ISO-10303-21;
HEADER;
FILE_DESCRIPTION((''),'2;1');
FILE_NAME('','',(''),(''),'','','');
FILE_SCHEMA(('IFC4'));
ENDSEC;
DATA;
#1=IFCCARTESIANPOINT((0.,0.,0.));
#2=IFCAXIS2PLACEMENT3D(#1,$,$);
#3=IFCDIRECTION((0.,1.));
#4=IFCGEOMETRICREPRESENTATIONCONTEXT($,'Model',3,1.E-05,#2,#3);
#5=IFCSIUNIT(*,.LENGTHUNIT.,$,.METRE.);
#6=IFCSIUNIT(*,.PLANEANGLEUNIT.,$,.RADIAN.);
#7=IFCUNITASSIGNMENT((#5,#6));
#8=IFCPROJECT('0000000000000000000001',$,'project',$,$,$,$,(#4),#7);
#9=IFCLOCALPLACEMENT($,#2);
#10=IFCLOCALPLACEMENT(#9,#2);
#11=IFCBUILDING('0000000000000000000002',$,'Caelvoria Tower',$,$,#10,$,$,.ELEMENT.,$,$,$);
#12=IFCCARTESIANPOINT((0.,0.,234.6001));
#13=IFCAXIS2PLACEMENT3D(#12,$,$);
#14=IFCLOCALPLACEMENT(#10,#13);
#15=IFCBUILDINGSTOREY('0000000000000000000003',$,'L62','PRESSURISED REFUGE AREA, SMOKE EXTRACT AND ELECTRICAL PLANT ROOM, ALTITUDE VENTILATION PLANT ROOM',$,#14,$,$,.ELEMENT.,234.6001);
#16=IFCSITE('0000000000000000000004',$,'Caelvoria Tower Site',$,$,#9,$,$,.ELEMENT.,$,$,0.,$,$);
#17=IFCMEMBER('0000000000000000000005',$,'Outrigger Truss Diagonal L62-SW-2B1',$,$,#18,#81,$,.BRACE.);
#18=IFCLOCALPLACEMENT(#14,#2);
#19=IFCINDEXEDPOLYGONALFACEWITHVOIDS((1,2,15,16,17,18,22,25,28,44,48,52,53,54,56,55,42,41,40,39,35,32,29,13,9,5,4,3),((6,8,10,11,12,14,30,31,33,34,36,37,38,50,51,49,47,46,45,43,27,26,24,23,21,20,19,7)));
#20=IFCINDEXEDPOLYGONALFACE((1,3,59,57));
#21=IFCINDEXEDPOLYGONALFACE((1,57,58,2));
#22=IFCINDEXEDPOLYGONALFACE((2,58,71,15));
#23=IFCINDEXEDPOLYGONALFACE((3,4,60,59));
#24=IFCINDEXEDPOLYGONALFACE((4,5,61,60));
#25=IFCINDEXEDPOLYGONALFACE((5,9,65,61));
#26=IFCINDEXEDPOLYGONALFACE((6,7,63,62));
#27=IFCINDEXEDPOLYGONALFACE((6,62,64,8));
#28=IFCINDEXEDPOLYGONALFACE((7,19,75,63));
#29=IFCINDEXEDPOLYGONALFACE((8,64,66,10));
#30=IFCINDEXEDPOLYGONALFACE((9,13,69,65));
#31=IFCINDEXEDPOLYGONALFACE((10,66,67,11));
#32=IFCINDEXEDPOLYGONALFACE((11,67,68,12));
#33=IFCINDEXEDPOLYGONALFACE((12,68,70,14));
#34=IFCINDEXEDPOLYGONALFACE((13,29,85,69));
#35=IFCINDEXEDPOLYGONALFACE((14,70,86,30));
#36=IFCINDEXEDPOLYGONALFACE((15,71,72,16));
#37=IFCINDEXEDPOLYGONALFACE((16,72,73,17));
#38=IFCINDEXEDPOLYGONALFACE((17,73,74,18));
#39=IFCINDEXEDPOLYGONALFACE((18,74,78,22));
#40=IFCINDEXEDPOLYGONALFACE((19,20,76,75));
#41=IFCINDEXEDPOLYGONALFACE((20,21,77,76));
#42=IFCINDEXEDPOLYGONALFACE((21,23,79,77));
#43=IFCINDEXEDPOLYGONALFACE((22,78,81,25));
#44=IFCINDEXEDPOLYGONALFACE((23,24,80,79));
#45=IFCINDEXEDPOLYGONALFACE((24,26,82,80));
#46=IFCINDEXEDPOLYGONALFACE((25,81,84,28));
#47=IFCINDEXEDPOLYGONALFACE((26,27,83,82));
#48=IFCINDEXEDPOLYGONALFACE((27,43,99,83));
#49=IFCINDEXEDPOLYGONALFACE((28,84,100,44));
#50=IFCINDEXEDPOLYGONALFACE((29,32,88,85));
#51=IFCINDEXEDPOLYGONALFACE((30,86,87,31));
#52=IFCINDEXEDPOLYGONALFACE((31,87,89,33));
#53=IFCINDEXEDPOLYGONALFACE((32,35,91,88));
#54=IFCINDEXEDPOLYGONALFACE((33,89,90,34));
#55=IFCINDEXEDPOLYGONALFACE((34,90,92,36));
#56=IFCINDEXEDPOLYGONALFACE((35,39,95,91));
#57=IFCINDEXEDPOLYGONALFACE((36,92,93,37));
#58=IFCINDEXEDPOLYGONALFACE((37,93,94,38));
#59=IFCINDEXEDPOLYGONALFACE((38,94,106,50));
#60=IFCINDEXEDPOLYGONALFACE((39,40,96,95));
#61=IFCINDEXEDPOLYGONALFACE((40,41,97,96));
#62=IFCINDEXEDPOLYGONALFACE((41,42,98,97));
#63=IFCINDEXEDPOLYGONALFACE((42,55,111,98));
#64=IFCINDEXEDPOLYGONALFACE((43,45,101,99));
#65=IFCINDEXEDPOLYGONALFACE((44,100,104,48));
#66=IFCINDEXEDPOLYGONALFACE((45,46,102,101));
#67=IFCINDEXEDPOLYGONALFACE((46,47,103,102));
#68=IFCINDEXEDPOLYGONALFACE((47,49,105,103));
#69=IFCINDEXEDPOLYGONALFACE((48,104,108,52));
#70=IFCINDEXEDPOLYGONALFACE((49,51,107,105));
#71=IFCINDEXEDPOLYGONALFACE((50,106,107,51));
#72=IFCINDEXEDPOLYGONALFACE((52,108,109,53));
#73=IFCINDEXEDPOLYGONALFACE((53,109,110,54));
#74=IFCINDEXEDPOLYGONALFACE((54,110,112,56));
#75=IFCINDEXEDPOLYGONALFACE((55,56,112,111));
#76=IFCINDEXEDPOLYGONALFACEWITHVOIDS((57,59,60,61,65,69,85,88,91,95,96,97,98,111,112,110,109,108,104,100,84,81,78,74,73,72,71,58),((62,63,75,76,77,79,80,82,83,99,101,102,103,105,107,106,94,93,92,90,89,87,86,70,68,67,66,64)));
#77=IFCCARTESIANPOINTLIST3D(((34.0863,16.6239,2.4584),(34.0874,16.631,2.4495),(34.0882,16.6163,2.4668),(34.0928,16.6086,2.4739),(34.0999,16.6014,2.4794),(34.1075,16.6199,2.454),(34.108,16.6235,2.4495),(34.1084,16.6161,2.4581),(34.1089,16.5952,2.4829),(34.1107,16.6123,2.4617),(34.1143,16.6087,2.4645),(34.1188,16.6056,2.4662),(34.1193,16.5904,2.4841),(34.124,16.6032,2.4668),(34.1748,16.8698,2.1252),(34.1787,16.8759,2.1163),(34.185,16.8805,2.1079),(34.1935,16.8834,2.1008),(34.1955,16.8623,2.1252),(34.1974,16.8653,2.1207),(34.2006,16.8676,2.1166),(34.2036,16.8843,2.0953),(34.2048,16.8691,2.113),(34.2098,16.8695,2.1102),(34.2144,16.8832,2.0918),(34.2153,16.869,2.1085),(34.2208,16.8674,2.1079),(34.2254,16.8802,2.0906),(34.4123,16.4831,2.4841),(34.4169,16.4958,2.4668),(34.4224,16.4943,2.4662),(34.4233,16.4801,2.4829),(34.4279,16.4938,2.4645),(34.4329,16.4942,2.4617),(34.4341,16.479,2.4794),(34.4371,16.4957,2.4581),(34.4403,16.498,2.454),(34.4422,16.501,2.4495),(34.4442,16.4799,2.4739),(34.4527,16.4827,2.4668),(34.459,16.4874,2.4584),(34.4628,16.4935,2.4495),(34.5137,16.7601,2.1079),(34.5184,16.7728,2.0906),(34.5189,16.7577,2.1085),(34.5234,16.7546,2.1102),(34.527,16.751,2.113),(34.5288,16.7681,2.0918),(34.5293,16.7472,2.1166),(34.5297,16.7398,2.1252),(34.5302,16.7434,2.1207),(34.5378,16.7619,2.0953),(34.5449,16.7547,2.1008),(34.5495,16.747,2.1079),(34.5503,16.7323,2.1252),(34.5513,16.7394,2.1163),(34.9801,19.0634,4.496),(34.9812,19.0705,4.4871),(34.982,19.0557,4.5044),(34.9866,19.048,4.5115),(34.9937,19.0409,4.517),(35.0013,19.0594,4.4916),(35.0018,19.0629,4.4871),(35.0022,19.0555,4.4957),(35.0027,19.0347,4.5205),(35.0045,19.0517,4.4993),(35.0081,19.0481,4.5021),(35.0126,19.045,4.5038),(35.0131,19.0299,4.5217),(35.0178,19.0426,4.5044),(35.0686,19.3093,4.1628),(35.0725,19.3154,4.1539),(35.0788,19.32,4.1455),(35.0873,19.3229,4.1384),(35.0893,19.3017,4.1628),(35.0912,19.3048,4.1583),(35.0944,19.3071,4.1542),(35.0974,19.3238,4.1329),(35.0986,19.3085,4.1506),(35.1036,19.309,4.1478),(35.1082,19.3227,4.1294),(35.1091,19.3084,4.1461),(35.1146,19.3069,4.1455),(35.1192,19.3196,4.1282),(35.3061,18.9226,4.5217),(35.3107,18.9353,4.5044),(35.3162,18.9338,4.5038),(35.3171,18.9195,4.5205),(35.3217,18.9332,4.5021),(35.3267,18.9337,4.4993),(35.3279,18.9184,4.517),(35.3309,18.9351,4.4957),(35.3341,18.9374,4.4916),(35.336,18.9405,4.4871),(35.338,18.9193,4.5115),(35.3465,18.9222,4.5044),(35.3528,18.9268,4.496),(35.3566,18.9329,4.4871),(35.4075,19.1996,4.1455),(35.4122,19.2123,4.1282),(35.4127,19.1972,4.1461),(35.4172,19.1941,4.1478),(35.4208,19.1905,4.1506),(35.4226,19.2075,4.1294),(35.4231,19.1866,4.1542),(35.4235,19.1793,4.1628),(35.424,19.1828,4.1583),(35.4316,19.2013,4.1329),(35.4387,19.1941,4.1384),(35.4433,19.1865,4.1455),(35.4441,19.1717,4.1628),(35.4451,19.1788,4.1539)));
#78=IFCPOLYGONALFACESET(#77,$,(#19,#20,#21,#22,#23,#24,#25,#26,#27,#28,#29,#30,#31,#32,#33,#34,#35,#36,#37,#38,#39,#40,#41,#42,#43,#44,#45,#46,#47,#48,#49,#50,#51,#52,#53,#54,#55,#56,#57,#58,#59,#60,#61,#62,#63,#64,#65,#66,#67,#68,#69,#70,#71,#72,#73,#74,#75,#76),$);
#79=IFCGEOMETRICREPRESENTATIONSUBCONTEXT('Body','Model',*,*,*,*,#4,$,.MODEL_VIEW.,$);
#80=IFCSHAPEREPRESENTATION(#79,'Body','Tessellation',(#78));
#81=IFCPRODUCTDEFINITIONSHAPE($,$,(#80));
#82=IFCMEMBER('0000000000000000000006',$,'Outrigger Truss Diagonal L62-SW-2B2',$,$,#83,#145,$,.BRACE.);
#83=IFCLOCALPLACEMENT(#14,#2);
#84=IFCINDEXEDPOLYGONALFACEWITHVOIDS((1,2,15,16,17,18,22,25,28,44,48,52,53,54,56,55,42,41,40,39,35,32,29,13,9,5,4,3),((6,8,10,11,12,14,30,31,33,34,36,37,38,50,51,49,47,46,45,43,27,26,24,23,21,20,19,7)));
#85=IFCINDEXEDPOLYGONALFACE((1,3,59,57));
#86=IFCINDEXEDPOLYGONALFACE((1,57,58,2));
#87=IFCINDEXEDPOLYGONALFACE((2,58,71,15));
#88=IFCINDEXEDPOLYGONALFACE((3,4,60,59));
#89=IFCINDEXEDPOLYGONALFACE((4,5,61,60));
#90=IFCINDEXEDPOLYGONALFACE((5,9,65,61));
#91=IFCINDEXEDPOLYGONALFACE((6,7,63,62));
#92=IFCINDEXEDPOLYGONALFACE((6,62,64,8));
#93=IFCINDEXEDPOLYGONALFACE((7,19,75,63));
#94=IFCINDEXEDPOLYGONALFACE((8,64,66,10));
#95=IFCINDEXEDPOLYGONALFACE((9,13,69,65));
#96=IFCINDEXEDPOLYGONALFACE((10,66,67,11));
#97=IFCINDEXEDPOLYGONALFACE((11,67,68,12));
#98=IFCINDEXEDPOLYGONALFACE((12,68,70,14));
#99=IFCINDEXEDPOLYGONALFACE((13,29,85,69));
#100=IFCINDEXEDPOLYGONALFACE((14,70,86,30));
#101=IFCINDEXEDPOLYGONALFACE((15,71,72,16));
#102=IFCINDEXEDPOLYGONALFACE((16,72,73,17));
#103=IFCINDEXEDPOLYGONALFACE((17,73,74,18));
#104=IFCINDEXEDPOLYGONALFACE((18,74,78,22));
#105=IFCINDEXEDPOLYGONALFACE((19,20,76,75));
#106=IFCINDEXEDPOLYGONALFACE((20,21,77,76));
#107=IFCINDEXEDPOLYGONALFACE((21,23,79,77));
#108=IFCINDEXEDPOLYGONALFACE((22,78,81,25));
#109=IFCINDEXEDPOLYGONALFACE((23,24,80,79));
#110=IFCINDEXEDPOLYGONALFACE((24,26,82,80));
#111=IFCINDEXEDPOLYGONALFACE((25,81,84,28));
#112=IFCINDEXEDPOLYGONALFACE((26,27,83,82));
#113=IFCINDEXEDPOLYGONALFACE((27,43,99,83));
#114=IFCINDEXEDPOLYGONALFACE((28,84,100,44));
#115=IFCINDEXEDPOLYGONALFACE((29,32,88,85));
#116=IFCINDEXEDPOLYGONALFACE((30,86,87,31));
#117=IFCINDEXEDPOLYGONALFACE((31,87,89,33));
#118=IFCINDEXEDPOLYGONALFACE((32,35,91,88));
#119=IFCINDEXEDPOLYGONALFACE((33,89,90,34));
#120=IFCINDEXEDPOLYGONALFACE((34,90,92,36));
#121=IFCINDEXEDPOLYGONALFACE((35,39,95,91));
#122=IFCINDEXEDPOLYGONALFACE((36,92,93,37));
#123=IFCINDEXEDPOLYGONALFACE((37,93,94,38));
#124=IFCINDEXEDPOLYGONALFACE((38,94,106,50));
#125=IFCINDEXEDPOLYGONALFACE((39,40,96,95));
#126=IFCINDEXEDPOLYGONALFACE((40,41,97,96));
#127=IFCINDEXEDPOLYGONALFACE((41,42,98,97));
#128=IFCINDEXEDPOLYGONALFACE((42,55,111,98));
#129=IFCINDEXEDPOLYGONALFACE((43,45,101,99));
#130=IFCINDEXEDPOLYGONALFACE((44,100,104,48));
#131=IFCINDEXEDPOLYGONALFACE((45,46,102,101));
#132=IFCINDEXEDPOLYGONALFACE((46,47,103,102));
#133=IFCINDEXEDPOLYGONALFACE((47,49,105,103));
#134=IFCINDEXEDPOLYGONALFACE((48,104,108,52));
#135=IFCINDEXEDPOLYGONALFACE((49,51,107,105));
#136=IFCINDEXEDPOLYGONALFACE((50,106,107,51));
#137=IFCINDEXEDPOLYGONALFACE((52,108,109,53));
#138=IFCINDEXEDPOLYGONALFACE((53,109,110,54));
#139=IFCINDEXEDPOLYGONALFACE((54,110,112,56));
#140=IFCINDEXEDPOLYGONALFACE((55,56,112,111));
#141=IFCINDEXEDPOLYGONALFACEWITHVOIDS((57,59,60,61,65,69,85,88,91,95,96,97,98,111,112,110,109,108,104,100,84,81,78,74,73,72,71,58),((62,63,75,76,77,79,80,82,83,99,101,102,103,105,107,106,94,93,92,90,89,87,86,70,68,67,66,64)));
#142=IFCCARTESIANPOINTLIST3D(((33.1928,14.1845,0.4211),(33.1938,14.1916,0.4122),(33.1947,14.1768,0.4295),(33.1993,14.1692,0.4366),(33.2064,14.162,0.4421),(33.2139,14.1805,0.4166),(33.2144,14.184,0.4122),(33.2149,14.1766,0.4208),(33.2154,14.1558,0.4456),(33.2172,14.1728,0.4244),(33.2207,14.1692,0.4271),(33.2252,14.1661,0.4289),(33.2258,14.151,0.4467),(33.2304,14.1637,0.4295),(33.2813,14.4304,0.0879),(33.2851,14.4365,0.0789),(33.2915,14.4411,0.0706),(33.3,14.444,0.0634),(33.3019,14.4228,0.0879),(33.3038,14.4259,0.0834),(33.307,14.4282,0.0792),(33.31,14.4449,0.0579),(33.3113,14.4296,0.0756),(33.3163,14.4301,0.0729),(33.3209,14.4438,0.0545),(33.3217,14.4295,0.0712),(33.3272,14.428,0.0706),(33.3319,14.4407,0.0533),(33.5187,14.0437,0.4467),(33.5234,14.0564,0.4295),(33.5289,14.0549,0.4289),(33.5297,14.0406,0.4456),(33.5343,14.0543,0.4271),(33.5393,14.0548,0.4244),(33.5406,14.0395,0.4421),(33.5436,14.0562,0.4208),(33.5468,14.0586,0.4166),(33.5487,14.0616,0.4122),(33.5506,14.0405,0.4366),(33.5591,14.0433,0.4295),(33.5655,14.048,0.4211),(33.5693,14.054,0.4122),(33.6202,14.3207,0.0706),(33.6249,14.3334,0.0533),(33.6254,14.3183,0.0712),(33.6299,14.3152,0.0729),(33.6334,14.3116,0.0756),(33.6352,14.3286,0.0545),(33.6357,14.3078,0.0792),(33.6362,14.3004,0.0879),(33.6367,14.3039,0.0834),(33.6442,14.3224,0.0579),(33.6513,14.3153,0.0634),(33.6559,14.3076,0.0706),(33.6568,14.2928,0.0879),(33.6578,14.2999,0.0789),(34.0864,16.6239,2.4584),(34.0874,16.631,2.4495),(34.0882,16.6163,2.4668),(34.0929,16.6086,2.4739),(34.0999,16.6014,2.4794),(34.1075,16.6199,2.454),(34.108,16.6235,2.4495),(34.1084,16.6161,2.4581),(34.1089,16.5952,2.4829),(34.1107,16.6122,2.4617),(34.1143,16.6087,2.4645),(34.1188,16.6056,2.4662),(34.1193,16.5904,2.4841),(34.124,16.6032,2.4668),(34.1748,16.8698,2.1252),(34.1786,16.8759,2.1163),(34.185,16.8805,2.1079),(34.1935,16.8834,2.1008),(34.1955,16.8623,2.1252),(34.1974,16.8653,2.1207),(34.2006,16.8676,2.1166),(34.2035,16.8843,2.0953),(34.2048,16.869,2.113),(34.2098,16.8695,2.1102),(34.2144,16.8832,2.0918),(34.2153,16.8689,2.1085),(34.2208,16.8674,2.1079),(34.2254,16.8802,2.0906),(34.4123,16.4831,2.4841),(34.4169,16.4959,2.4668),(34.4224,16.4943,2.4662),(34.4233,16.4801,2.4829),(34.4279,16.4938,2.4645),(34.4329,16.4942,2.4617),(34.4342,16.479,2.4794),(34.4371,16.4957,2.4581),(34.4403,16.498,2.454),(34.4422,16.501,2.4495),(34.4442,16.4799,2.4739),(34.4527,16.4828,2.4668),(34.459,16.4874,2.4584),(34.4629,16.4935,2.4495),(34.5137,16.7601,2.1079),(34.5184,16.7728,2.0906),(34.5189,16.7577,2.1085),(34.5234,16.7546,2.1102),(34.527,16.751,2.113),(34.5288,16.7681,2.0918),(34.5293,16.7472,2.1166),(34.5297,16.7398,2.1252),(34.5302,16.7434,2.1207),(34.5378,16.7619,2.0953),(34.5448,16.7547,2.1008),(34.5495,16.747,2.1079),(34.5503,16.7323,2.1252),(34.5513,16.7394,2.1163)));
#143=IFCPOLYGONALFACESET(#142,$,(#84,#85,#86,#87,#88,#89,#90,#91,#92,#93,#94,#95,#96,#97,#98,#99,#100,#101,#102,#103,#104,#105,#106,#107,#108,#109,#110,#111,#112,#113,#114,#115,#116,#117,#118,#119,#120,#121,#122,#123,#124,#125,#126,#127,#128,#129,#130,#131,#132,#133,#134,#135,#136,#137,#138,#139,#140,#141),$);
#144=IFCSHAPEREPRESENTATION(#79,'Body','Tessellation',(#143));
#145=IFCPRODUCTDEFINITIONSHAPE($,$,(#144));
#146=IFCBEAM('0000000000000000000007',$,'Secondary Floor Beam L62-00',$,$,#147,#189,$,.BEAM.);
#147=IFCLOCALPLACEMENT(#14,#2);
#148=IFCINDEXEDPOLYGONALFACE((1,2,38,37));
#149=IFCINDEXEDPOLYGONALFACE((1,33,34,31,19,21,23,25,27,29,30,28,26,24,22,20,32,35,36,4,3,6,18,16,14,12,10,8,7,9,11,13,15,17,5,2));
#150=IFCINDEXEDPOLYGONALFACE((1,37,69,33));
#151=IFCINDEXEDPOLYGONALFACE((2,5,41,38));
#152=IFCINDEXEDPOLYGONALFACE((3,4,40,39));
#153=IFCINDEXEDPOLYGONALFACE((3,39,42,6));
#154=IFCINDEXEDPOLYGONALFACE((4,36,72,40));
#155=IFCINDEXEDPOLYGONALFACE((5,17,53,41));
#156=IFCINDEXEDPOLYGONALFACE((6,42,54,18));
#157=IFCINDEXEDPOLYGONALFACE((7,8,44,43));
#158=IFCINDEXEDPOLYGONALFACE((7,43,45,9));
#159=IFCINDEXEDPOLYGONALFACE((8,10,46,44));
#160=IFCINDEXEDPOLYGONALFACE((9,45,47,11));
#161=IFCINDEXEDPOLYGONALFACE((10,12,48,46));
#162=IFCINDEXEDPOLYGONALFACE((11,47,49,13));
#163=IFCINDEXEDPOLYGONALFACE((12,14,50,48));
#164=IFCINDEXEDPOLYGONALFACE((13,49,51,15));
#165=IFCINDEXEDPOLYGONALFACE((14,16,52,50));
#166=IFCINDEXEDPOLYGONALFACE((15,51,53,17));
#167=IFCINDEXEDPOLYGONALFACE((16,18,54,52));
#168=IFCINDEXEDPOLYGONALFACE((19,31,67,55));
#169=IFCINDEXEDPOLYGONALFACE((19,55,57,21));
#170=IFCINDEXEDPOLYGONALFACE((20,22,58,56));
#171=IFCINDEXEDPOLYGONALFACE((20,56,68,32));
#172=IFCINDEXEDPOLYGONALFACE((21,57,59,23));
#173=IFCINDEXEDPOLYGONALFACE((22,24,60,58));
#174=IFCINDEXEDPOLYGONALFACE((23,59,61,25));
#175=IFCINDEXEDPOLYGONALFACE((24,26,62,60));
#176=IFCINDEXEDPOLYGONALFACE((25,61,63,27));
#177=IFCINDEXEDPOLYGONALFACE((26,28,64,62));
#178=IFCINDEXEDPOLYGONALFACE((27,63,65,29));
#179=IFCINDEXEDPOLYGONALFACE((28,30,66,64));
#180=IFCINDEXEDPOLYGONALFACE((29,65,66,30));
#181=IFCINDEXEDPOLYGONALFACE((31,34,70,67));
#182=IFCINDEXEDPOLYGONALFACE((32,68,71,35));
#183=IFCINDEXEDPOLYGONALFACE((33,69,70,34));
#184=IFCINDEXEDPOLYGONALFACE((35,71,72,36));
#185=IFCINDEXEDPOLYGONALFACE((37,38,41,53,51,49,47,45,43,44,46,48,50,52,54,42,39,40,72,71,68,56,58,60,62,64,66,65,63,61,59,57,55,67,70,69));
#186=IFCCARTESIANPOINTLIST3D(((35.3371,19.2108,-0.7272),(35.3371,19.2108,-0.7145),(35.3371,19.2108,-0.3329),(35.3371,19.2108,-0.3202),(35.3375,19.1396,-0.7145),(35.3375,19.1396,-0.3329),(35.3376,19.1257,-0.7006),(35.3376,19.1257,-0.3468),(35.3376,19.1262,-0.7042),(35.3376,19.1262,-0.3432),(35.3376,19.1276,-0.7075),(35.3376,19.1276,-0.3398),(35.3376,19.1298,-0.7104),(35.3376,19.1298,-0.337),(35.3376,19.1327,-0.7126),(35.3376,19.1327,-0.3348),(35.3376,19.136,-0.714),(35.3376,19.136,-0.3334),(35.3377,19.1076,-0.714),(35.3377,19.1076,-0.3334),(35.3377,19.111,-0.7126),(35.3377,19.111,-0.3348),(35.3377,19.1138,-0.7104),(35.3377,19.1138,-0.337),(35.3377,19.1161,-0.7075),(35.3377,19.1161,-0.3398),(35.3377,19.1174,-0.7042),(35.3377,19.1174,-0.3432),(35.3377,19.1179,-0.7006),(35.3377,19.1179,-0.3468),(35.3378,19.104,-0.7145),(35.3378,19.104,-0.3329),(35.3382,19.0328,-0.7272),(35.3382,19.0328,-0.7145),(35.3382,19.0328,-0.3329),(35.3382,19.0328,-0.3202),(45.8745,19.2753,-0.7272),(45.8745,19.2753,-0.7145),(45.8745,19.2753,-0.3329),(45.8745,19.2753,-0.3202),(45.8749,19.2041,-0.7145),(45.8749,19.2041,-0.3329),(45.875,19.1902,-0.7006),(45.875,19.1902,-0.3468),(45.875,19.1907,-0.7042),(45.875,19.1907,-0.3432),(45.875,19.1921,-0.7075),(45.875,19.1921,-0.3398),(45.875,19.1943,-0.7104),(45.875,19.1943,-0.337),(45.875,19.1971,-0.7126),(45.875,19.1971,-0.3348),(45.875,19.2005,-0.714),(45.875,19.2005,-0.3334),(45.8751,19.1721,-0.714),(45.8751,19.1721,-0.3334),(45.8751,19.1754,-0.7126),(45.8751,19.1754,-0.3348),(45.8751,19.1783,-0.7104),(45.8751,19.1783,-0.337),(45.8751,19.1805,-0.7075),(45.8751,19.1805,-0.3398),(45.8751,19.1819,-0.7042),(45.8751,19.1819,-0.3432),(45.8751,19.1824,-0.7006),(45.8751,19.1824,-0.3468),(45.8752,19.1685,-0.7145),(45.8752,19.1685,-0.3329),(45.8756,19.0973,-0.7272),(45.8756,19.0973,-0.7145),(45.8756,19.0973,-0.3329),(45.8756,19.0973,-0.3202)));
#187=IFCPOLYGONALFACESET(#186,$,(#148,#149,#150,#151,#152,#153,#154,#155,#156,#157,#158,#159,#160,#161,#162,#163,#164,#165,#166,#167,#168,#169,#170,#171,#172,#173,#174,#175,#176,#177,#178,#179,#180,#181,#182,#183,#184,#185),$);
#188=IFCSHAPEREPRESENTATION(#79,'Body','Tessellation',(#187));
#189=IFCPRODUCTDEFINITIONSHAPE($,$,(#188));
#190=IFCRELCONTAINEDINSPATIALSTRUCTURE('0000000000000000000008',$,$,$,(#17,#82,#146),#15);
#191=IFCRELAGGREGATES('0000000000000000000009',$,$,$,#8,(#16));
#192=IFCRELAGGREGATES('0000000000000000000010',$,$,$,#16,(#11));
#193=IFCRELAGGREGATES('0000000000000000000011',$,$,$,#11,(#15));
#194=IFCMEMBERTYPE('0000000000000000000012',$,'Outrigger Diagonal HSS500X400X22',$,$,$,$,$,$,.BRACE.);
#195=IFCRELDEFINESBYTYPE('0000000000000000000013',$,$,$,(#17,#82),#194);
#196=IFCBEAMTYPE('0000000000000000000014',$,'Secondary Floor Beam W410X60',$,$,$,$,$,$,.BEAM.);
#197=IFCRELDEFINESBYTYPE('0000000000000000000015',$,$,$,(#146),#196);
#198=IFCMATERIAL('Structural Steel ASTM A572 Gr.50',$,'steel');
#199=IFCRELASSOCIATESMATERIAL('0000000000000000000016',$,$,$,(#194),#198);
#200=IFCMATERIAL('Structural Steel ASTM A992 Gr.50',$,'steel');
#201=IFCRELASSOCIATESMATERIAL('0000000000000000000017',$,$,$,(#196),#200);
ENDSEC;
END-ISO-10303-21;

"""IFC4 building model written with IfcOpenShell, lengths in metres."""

from ifc_helpers import new_model, si_unit, direction, frame, origin, origin_2d, place, context, subcontext, project, spatial, hollow_rectangle, i_section, extrude, material, material_profile, profile_set, type_object, element, save


model = new_model("IFC4")

# Units and contexts
model_context = context("Model", 3, precision=1e-05, world=origin(), true_north=direction((0.0, 1.0)))
body_context = subcontext(model_context, "Body", "Model", "MODEL_VIEW")
ifc_project = project(units=[si_unit("LENGTHUNIT", "METRE"), si_unit("PLANEANGLEUNIT", "RADIAN")], contexts=[model_context])

# Site, building, storey
site_placement = place(None, origin())
site = spatial("IfcSite", under=ifc_project, at=site_placement, Name="Caelvoria Tower Site", CompositionType="ELEMENT", RefElevation=0.0)
building_placement = place(site_placement, origin())
building = spatial("IfcBuilding", under=site, at=building_placement, Name="Caelvoria Tower", CompositionType="ELEMENT")
storey_placement = place(building_placement, frame((0.0, 0.0, 234.6001)))
storey = spatial("IfcBuildingStorey", under=building, at=storey_placement, Name="L62", Description="PRESSURISED REFUGE AREA, SMOKE EXTRACT AND ELECTRICAL PLANT ROOM, ALTITUDE VENTILATION PLANT ROOM", CompositionType="ELEMENT", Elevation=234.6001)

# Members
ifc_material_1 = material(Name="Structural Steel ASTM A572 Gr.50", Category="steel")
ifc_material_profile_1 = material_profile(ifc_material_1, hollow_rectangle(XDim=0.3999, YDim=0.5, WallThickness=0.022, InnerFilletRadius=0.022, OuterFilletRadius=0.0439, at=origin_2d()), Name="Structural Steel ASTM A572 Gr.50")
ifc_profile_set_1 = profile_set([ifc_material_profile_1], Name="HSS500X400X22 - Structural Steel ASTM A572 Gr.50")
member_type_1 = type_object("IfcMemberType", Name="Outrigger Diagonal HSS500X400X22", PredefinedType="BRACE", material=ifc_profile_set_1)
member_1_placement = place(storey_placement, frame((35.2126, 19.1211, 4.325), z_axis=(-0.270704, -0.738834, -0.617125), x_axis=(0.938959, -0.344028, 0.0)))
element("IfcMember", 1, at=member_1_placement, inside=storey, type_object=member_type_1, Name="Outrigger Truss Diagonal L62-SW-2B1", PredefinedType="BRACE", context=body_context, shape_type="SweptSolid", body=[
    extrude(hollow_rectangle(XDim=0.3999, YDim=0.5, WallThickness=0.022, InnerFilletRadius=0.022, OuterFilletRadius=0.0439, at=origin_2d()), origin(), (0.0, 0.0, 1.0), 3.3018),
])
member_2_placement = place(storey_placement, frame((34.3188, 16.6816, 2.2874), z_axis=(-0.270648, -0.738883, -0.617091), x_axis=(0.93899, -0.343945, 0.0)))
element("IfcMember", 2, at=member_2_placement, inside=storey, type_object=member_type_1, Name="Outrigger Truss Diagonal L62-SW-2B2", PredefinedType="BRACE", context=body_context, shape_type="SweptSolid", body=[
    extrude(hollow_rectangle(XDim=0.3999, YDim=0.5, WallThickness=0.022, InnerFilletRadius=0.022, OuterFilletRadius=0.0439, at=origin_2d()), origin(), (0.0, 0.0, 1.0), 3.3015),
])

# Beam
ifc_material_2 = material(Name="Structural Steel ASTM A992 Gr.50", Category="steel")
ifc_material_profile_2 = material_profile(ifc_material_2, i_section(OverallWidth=0.178, OverallDepth=0.407, WebThickness=0.0078, FlangeThickness=0.0127, FilletRadius=0.0139, at=origin_2d()), Name="Structural Steel ASTM A992 Gr.50")
ifc_profile_set_2 = profile_set([ifc_material_profile_2], Name="W410X60 - Structural Steel ASTM A992 Gr.50")
beam_type = type_object("IfcBeamType", Name="Secondary Floor Beam W410X60", PredefinedType="BEAM", material=ifc_profile_set_2)
beam_placement = place(storey_placement, frame((35.3376, 19.1218, -0.5237), z_axis=(0.999981, 0.006117, 0.0), x_axis=(-0.006117, 0.999981, 0.0)))
element("IfcBeam", 3, at=beam_placement, inside=storey, type_object=beam_type, Name="Secondary Floor Beam L62-00", PredefinedType="BEAM", context=body_context, shape_type="SweptSolid", body=[
    extrude(i_section(OverallWidth=0.178, OverallDepth=0.407, WebThickness=0.0078, FlangeThickness=0.0127, FilletRadius=0.0139, at=origin_2d()), origin(), (0.0, 0.0, 1.0), 10.5376),
])

save(model, "model.ifc")
